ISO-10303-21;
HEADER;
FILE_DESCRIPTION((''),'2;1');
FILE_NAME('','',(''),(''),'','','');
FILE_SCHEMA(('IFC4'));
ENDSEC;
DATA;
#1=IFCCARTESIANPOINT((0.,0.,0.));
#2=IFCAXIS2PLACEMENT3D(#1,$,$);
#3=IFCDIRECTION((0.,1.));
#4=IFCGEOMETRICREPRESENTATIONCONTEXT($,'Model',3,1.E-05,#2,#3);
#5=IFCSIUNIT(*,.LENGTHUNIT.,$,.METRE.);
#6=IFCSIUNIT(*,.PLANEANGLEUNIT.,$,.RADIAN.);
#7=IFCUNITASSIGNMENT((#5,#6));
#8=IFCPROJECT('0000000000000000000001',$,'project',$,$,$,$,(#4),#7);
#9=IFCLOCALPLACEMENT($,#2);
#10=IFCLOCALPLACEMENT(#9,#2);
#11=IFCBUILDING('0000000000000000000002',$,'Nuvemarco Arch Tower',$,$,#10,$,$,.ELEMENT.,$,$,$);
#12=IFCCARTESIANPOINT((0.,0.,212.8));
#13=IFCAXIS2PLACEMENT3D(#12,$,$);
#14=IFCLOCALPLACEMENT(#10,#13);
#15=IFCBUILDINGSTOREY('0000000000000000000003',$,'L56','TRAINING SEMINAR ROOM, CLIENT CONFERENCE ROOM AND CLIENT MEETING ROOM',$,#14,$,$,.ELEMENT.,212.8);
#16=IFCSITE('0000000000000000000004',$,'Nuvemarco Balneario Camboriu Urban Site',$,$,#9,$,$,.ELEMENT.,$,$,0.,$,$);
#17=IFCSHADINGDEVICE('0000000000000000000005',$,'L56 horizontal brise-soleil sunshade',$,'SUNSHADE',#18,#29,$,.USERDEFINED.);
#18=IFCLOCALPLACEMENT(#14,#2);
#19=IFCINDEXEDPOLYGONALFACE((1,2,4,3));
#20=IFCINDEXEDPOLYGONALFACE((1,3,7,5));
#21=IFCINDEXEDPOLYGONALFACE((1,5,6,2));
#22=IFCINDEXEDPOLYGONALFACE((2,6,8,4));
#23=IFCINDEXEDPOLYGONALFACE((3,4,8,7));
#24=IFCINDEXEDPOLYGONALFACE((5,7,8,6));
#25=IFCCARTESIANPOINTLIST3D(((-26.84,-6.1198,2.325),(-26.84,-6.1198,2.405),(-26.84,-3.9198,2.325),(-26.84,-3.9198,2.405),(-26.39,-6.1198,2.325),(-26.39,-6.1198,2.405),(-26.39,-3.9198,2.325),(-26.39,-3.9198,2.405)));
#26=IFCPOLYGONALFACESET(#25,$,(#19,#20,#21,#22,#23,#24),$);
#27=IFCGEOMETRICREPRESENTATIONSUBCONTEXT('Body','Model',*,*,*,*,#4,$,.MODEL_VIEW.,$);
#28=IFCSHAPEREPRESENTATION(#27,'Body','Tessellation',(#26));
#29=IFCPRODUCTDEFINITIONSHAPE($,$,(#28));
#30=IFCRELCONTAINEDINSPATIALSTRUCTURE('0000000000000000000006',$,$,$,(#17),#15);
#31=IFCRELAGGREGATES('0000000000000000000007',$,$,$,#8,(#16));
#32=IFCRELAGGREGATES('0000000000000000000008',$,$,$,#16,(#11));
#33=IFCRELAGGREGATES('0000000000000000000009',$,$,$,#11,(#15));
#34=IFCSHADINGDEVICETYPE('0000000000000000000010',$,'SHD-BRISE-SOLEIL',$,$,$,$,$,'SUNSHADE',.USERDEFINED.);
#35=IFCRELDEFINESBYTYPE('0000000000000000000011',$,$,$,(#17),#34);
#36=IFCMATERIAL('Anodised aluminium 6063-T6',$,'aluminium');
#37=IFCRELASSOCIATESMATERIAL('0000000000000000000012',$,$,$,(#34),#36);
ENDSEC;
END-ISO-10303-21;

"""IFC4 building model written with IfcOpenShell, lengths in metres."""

from ifc_helpers import new_model, si_unit, direction, frame, origin, origin_2d, place, context, subcontext, project, spatial, rectangle, extrude, source, transform, mapped, material, type_object, type_shapes, element, save


model = new_model("IFC4")

# Units and contexts
model_context = context("Model", 3, precision=1e-05, world=origin(), true_north=direction((0.0, 1.0)))
body_context = subcontext(model_context, "Body", "Model", "MODEL_VIEW")
ifc_project = project(units=[si_unit("LENGTHUNIT", "METRE"), si_unit("PLANEANGLEUNIT", "RADIAN")], contexts=[model_context])

# Site, building, storey
site_placement = place(None, origin())
site = spatial("IfcSite", under=ifc_project, at=site_placement, Name="Nuvemarco Balneario Camboriu Urban Site", CompositionType="ELEMENT", RefElevation=0.0)
building_placement = place(site_placement, origin())
building = spatial("IfcBuilding", under=site, at=building_placement, Name="Nuvemarco Arch Tower", CompositionType="ELEMENT")
storey_placement = place(building_placement, frame((0.0, 0.0, 212.8)))
storey = spatial("IfcBuildingStorey", under=building, at=storey_placement, Name="L56", Description="TRAINING SEMINAR ROOM, CLIENT CONFERENCE ROOM AND CLIENT MEETING ROOM", CompositionType="ELEMENT", Elevation=212.8)

# Shading device
ifc_material_1 = material(Name="Anodised aluminium 6063-T6", Category="aluminium")
shading_device_type = type_object("IfcShadingDeviceType", Name="SHD-BRISE-SOLEIL", ElementType="SUNSHADE", PredefinedType="USERDEFINED", material=ifc_material_1)
shared_shape_1 = source(origin(), body_context, "Body", "SweptSolid", [
    extrude(rectangle(XDim=2.2, YDim=0.45, at=origin_2d()), origin(), (0.0, 0.0, 1.0), 0.0801),
])
type_shapes(shading_device_type, [shared_shape_1])
for number, where, z_axis, x_axis, name in (
    (1, (-26.615, -5.0198, 2.325), (0.0, 0.0, 1.0), (0.0, 1.0, 0.0), "L56 horizontal brise-soleil sunshade"),
):
    element("IfcShadingDevice", number, at=place(storey_placement, frame(where, z_axis=z_axis, x_axis=x_axis)), inside=storey, type_object=shading_device_type, Name=name, ObjectType="SUNSHADE", PredefinedType="USERDEFINED", context=body_context, shape_type="MappedRepresentation", body=[
        mapped(shared_shape_1, transform((0.0, 0.0, 0.0), scale=1.0)),
    ])

save(model, "model.ifc")
